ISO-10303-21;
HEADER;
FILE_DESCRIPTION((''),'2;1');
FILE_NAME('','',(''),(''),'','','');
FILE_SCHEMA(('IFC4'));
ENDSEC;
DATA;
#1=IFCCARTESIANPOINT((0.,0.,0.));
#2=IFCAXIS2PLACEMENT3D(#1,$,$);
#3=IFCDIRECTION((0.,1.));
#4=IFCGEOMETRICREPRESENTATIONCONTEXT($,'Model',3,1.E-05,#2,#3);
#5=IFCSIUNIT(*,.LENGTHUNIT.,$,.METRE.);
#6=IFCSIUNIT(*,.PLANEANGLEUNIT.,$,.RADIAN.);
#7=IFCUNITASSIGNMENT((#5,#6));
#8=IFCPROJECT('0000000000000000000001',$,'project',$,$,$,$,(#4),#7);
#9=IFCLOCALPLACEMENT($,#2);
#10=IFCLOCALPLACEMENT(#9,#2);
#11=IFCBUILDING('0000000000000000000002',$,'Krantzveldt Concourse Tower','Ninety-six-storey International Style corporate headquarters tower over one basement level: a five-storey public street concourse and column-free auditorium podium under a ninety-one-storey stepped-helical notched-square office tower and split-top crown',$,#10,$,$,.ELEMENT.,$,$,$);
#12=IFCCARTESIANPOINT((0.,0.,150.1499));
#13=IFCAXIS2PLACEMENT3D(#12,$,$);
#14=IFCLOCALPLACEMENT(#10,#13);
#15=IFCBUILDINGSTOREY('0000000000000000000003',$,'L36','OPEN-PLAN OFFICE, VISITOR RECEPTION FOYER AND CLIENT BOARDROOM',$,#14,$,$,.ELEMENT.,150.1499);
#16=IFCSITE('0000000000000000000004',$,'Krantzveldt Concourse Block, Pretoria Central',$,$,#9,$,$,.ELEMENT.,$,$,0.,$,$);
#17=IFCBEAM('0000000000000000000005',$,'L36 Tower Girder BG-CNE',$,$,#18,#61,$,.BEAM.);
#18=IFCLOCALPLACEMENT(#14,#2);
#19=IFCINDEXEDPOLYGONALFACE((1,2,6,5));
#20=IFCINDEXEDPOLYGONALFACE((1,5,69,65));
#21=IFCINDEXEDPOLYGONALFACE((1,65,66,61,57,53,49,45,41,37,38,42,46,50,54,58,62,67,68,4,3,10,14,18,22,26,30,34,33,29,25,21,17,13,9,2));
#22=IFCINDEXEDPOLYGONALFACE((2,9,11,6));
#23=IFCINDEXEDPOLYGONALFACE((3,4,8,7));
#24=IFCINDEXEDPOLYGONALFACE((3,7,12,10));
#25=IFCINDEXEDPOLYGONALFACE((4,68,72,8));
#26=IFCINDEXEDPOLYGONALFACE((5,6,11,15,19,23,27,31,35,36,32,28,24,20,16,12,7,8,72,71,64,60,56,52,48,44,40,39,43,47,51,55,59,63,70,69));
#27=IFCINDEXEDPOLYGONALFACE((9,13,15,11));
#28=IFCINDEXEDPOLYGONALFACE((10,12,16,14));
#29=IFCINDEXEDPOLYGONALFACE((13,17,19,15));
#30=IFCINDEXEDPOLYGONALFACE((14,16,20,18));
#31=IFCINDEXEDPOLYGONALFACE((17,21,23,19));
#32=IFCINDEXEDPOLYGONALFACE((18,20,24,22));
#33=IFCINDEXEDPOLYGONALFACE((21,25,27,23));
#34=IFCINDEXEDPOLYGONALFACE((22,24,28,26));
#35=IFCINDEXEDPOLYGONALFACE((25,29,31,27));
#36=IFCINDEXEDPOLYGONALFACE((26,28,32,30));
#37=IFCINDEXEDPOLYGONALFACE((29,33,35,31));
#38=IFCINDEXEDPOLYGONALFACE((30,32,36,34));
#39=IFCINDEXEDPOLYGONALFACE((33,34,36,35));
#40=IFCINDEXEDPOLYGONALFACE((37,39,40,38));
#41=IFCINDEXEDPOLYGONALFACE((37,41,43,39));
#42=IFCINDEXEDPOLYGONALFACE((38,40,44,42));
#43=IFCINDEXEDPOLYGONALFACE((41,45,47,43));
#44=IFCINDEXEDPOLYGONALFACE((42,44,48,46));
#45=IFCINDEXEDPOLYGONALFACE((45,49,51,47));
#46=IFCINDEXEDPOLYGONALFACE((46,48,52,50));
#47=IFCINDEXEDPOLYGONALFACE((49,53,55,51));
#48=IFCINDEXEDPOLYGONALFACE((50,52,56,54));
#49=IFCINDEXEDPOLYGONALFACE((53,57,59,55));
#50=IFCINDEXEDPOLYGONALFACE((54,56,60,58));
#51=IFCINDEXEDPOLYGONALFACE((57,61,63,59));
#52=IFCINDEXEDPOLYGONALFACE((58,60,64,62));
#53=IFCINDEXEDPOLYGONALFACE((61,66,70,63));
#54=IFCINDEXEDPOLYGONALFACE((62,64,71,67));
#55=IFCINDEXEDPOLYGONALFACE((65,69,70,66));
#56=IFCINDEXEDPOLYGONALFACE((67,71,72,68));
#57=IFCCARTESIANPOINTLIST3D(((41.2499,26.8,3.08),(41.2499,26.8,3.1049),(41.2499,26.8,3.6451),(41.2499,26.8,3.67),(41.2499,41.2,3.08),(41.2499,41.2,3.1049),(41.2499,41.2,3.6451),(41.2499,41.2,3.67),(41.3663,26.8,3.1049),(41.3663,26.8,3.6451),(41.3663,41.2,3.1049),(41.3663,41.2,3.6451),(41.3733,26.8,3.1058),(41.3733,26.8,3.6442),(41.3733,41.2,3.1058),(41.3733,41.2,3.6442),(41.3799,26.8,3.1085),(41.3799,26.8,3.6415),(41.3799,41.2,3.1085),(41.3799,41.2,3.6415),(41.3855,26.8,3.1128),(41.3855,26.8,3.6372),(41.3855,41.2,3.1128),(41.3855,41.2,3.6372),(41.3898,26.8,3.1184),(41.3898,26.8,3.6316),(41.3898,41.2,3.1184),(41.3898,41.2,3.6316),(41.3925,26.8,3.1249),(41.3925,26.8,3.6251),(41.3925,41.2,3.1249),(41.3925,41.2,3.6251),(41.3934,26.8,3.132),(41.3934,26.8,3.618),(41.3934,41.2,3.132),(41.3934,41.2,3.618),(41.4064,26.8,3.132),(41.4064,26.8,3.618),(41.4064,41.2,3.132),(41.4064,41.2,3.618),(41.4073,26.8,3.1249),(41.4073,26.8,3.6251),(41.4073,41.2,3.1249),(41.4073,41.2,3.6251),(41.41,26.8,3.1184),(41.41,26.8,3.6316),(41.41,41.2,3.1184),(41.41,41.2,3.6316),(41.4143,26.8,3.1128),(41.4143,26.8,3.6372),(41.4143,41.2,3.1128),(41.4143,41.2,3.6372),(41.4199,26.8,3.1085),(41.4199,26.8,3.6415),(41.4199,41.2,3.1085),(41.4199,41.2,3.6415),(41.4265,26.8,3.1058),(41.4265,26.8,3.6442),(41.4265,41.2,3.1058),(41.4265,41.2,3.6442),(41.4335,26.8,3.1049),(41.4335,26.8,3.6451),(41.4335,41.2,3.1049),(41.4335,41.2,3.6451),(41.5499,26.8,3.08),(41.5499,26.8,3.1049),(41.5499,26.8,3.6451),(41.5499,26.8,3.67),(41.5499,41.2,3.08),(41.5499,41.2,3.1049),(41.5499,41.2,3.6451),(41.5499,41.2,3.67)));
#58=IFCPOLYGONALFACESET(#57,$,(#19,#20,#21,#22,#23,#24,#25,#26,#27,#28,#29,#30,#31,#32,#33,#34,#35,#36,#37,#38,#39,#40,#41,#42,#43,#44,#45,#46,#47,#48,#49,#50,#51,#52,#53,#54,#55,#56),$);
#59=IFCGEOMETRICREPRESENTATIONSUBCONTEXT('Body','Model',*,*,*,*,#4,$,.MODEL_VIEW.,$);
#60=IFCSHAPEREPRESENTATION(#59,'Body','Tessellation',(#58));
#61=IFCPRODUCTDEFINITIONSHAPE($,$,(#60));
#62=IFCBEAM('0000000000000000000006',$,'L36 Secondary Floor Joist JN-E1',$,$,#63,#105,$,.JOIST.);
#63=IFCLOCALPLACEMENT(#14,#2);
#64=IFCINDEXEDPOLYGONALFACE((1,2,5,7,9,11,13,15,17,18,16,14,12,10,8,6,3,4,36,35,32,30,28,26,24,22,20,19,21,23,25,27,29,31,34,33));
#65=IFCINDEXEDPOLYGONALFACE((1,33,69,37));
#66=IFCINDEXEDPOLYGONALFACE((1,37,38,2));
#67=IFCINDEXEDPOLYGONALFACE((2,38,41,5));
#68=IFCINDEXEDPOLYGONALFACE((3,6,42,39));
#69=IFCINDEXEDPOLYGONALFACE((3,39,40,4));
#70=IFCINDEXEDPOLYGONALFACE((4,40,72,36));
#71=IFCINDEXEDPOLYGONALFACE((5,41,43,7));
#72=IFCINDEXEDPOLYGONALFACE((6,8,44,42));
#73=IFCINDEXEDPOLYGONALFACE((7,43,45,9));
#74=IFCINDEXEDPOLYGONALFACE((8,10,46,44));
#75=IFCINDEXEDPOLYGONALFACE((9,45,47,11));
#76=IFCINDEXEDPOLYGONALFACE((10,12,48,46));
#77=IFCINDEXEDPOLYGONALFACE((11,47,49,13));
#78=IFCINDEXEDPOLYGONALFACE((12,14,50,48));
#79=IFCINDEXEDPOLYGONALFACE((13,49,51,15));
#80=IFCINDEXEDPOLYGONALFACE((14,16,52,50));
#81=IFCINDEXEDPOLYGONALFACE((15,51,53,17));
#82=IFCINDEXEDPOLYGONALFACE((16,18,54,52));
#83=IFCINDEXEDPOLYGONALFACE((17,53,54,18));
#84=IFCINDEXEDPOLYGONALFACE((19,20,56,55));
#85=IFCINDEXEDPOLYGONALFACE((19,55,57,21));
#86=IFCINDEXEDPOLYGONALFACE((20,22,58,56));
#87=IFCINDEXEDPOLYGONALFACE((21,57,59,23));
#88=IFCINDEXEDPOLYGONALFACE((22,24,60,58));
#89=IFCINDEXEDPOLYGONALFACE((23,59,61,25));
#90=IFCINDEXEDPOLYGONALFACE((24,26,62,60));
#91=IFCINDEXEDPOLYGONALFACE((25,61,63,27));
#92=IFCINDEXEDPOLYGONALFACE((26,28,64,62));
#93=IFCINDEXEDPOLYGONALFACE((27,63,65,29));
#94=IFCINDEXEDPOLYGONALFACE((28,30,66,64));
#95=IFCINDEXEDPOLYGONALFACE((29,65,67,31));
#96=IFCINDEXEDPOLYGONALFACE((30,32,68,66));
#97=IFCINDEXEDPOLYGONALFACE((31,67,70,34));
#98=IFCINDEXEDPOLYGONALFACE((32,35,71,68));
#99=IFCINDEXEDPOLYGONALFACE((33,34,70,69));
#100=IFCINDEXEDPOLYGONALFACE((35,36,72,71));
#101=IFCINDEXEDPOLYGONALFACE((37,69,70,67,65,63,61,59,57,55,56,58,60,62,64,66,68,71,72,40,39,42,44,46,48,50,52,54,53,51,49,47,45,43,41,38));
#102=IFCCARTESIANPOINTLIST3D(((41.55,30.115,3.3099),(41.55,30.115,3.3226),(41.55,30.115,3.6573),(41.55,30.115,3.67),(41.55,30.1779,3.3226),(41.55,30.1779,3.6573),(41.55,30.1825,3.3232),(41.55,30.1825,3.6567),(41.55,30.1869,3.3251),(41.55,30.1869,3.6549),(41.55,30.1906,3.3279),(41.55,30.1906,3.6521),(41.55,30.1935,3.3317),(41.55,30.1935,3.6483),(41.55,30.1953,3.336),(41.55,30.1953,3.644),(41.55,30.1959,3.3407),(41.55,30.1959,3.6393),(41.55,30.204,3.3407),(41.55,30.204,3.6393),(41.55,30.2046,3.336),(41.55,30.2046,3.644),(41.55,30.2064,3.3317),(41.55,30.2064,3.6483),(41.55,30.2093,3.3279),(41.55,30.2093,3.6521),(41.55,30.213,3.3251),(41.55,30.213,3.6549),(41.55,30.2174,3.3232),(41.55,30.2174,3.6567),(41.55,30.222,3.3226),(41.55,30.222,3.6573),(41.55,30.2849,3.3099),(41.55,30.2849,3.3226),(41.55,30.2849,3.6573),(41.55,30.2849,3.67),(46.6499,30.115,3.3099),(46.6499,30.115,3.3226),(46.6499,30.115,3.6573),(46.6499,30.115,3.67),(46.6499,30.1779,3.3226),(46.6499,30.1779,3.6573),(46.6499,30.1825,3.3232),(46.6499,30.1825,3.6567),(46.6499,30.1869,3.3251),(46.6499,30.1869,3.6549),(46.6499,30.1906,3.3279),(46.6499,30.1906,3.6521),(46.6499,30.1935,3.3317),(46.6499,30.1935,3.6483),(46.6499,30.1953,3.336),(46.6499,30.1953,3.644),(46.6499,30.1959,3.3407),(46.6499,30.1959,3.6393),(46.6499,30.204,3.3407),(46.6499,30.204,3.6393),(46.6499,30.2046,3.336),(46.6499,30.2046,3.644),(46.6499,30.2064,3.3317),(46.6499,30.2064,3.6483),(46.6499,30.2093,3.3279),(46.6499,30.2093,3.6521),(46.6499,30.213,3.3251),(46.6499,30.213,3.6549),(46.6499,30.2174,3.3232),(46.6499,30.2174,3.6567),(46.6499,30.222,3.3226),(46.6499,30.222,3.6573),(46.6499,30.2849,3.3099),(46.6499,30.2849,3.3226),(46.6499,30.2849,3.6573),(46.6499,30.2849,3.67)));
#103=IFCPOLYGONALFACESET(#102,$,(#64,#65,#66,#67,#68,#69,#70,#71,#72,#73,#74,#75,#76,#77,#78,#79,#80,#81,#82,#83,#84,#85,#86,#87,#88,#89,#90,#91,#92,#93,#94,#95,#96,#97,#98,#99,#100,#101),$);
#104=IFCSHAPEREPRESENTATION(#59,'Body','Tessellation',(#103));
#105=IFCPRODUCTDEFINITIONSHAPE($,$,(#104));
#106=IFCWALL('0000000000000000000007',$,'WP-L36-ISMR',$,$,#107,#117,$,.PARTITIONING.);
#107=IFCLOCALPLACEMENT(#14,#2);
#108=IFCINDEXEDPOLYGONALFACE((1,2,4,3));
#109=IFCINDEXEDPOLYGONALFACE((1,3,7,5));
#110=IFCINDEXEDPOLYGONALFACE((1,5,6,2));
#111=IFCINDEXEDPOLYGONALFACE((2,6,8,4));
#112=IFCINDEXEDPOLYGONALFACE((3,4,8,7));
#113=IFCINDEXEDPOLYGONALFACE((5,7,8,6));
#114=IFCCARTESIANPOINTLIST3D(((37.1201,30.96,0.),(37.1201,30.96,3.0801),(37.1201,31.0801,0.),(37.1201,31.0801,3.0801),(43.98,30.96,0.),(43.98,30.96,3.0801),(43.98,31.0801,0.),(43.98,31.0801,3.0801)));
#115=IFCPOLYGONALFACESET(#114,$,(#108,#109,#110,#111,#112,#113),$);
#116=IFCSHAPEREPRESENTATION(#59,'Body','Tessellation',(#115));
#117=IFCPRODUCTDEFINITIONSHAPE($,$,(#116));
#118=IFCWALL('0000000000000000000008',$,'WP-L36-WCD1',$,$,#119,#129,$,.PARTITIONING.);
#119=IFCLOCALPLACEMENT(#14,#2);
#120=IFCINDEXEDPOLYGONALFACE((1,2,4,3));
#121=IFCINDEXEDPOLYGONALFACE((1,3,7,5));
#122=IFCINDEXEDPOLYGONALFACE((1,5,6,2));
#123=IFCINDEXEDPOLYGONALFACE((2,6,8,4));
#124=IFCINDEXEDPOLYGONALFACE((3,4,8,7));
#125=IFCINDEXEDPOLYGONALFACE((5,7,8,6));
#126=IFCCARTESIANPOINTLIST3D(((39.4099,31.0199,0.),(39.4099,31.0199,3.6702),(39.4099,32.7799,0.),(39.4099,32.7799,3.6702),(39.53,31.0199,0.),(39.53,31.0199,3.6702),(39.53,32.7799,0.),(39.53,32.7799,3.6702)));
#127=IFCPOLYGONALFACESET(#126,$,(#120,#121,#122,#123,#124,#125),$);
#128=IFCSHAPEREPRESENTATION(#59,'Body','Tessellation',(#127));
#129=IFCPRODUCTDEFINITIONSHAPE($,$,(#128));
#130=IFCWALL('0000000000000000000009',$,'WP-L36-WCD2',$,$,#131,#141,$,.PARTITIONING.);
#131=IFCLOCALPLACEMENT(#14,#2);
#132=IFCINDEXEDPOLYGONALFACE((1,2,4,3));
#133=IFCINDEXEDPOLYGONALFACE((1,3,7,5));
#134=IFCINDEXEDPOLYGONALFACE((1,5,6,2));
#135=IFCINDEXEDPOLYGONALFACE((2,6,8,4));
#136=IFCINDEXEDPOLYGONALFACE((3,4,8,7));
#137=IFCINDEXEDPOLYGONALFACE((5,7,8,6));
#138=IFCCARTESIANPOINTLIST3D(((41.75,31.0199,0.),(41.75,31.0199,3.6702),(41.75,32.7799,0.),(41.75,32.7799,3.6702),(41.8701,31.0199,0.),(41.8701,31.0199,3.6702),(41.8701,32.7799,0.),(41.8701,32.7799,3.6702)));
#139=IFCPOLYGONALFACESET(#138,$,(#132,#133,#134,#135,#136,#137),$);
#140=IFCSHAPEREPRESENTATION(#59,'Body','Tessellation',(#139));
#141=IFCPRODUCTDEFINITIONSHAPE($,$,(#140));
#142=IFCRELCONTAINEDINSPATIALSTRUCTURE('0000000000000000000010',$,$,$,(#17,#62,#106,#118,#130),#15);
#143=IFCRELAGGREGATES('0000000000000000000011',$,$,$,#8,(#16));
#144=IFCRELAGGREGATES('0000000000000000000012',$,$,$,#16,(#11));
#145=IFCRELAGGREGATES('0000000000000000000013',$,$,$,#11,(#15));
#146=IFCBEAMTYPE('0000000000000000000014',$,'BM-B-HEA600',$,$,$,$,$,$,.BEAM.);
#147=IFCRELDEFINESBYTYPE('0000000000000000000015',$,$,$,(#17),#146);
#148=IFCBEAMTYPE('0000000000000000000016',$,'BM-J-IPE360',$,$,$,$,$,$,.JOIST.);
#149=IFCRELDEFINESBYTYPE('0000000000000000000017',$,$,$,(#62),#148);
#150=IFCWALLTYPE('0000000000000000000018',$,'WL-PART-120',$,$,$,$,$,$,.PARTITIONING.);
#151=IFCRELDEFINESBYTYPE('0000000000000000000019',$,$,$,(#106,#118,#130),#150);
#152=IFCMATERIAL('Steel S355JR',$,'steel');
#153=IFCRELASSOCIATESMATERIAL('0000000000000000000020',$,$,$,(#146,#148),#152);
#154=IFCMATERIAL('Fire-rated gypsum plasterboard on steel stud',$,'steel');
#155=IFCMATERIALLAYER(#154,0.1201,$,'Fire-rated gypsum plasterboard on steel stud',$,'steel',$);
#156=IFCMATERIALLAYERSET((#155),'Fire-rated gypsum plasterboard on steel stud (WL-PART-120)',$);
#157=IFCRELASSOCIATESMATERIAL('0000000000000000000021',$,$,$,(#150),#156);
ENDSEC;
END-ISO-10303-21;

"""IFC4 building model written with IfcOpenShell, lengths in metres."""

from ifc_helpers import new_model, si_unit, direction, frame, frame_2d, origin, origin_2d, place, context, subcontext, project, spatial, rectangle, i_section, extrude, source, transform, mapped, material, layer, layer_set, material_profile, profile_set, type_object, type_shapes, element, save


model = new_model("IFC4")

# Units and contexts
model_context = context("Model", 3, precision=1e-05, world=origin(), true_north=direction((0.0, 1.0)))
body_context = subcontext(model_context, "Body", "Model", "MODEL_VIEW")
ifc_project = project(units=[si_unit("LENGTHUNIT", "METRE"), si_unit("PLANEANGLEUNIT", "RADIAN")], contexts=[model_context])

# Site, building, storey
site_placement = place(None, origin())
site = spatial("IfcSite", under=ifc_project, at=site_placement, Name="Krantzveldt Concourse Block, Pretoria Central", CompositionType="ELEMENT", RefElevation=0.0)
building_placement = place(site_placement, origin())
building = spatial("IfcBuilding", under=site, at=building_placement, Name="Krantzveldt Concourse Tower", Description="Ninety-six-storey International Style corporate headquarters tower over one basement level: a five-storey public street concourse and column-free auditorium podium under a ninety-one-storey stepped-helical notched-square office tower and split-top crown", CompositionType="ELEMENT")
storey_placement = place(building_placement, frame((0.0, 0.0, 150.1499)))
storey = spatial("IfcBuildingStorey", under=building, at=storey_placement, Name="L36", Description="OPEN-PLAN OFFICE, VISITOR RECEPTION FOYER AND CLIENT BOARDROOM", CompositionType="ELEMENT", Elevation=150.1499)

# Beams
ifc_material_1 = material(Name="Steel S355JR", Category="steel")
ifc_material_profile_1 = material_profile(ifc_material_1, i_section(OverallWidth=0.3, OverallDepth=0.5901, WebThickness=0.0129, FlangeThickness=0.0249, FilletRadius=0.0271, at=origin_2d()), Name="Steel S355JR", Category="steel")
ifc_profile_set_1 = profile_set([ifc_material_profile_1], Name="Steel S355JR - HEA 600")
beam_type_1 = type_object("IfcBeamType", Name="BM-B-HEA600", PredefinedType="BEAM", material=ifc_profile_set_1)
shared_shape_1 = source(origin(), body_context, "Body", "SweptSolid", [
    extrude(i_section(OverallWidth=0.3, OverallDepth=0.5901, WebThickness=0.0129, FlangeThickness=0.0249, FilletRadius=0.0271, at=origin_2d()), origin(), (0.0, 0.0, 1.0), 14.3999),
])
type_shapes(beam_type_1, [shared_shape_1])
beam_1_placement = place(storey_placement, frame((41.3999, 26.8, 3.375), z_axis=(0.0, 1.0, 0.0), x_axis=(-1.0, 0.0, 0.0)))
element("IfcBeam", 1, at=beam_1_placement, inside=storey, type_object=beam_type_1, Name="L36 Tower Girder BG-CNE", PredefinedType="BEAM", context=body_context, shape_type="MappedRepresentation", body=[
    mapped(shared_shape_1, transform((0.0, 0.0, 0.0), x_axis=(1.0, 0.0, 0.0), y_axis=(0.0, 1.0, 0.0), z_axis=(0.0, 0.0, 1.0), scale=1.0)),
])
ifc_material_profile_2 = material_profile(ifc_material_1, i_section(OverallWidth=0.1699, OverallDepth=0.3601, WebThickness=0.0081, FlangeThickness=0.0127, FilletRadius=0.0181, at=origin_2d()), Name="Steel S355JR", Category="steel")
ifc_profile_set_2 = profile_set([ifc_material_profile_2], Name="Steel S355JR - IPE 360")
beam_type_2 = type_object("IfcBeamType", Name="BM-J-IPE360", PredefinedType="JOIST", material=ifc_profile_set_2)
shared_shape_2 = source(origin(), body_context, "Body", "SweptSolid", [
    extrude(i_section(OverallWidth=0.1699, OverallDepth=0.3601, WebThickness=0.0081, FlangeThickness=0.0127, FilletRadius=0.0181, at=origin_2d()), origin(), (0.0, 0.0, 1.0), 5.0999),
])
type_shapes(beam_type_2, [shared_shape_2])
beam_2_placement = place(storey_placement, frame((41.55, 30.2, 3.49), z_axis=(1.0, 0.0, 0.0), x_axis=(0.0, 1.0, 0.0)))
element("IfcBeam", 2, at=beam_2_placement, inside=storey, type_object=beam_type_2, Name="L36 Secondary Floor Joist JN-E1", PredefinedType="JOIST", context=body_context, shape_type="MappedRepresentation", body=[
    mapped(shared_shape_2, transform((0.0, 0.0, 0.0), x_axis=(1.0, 0.0, 0.0), y_axis=(0.0, 1.0, 0.0), z_axis=(0.0, 0.0, 1.0), scale=1.0)),
])

# Walls
ifc_material_2 = material(Name="Fire-rated gypsum plasterboard on steel stud", Category="steel")
ifc_layer_1 = layer(ifc_material_2, 0.1201, Name="Fire-rated gypsum plasterboard on steel stud", Category="steel")
ifc_layer_set_1 = layer_set([ifc_layer_1], Name="Fire-rated gypsum plasterboard on steel stud (WL-PART-120)")
wall_type_1 = type_object("IfcWallType", Name="WL-PART-120", PredefinedType="PARTITIONING", material=ifc_layer_set_1)
wall_1_placement = place(storey_placement, frame((37.1201, 31.02, 0.0), z_axis=(0.0, 0.0, 1.0), x_axis=(1.0, 0.0, 0.0)))
element("IfcWall", 3, at=wall_1_placement, inside=storey, type_object=wall_type_1, Name="WP-L36-ISMR", PredefinedType="PARTITIONING", context=body_context, shape_type="SweptSolid", body=[
    extrude(rectangle(XDim=6.8599, YDim=0.1201, at=frame_2d((3.4299, 0.0))), origin(), (0.0, 0.0, 1.0), 3.0801),
])
for number, where, z_axis, x_axis, name in (
    (4, (39.47, 31.02, 0.0), (0.0, 0.0, 1.0), (0.0, 1.0, 0.0), "WP-L36-WCD1"),
    (5, (41.8101, 31.02, 0.0), (0.0, 0.0, 1.0), (0.0, 1.0, 0.0), "WP-L36-WCD2"),
):
    element("IfcWall", number, at=place(storey_placement, frame(where, z_axis=z_axis, x_axis=x_axis)), inside=storey, type_object=wall_type_1, Name=name, PredefinedType="PARTITIONING", context=body_context, shape_type="SweptSolid", body=[
        extrude(rectangle(XDim=1.76, YDim=0.1201, at=frame_2d((0.8799, 0.0))), origin(), (0.0, 0.0, 1.0), 3.6702),
    ])

save(model, "model.ifc")
